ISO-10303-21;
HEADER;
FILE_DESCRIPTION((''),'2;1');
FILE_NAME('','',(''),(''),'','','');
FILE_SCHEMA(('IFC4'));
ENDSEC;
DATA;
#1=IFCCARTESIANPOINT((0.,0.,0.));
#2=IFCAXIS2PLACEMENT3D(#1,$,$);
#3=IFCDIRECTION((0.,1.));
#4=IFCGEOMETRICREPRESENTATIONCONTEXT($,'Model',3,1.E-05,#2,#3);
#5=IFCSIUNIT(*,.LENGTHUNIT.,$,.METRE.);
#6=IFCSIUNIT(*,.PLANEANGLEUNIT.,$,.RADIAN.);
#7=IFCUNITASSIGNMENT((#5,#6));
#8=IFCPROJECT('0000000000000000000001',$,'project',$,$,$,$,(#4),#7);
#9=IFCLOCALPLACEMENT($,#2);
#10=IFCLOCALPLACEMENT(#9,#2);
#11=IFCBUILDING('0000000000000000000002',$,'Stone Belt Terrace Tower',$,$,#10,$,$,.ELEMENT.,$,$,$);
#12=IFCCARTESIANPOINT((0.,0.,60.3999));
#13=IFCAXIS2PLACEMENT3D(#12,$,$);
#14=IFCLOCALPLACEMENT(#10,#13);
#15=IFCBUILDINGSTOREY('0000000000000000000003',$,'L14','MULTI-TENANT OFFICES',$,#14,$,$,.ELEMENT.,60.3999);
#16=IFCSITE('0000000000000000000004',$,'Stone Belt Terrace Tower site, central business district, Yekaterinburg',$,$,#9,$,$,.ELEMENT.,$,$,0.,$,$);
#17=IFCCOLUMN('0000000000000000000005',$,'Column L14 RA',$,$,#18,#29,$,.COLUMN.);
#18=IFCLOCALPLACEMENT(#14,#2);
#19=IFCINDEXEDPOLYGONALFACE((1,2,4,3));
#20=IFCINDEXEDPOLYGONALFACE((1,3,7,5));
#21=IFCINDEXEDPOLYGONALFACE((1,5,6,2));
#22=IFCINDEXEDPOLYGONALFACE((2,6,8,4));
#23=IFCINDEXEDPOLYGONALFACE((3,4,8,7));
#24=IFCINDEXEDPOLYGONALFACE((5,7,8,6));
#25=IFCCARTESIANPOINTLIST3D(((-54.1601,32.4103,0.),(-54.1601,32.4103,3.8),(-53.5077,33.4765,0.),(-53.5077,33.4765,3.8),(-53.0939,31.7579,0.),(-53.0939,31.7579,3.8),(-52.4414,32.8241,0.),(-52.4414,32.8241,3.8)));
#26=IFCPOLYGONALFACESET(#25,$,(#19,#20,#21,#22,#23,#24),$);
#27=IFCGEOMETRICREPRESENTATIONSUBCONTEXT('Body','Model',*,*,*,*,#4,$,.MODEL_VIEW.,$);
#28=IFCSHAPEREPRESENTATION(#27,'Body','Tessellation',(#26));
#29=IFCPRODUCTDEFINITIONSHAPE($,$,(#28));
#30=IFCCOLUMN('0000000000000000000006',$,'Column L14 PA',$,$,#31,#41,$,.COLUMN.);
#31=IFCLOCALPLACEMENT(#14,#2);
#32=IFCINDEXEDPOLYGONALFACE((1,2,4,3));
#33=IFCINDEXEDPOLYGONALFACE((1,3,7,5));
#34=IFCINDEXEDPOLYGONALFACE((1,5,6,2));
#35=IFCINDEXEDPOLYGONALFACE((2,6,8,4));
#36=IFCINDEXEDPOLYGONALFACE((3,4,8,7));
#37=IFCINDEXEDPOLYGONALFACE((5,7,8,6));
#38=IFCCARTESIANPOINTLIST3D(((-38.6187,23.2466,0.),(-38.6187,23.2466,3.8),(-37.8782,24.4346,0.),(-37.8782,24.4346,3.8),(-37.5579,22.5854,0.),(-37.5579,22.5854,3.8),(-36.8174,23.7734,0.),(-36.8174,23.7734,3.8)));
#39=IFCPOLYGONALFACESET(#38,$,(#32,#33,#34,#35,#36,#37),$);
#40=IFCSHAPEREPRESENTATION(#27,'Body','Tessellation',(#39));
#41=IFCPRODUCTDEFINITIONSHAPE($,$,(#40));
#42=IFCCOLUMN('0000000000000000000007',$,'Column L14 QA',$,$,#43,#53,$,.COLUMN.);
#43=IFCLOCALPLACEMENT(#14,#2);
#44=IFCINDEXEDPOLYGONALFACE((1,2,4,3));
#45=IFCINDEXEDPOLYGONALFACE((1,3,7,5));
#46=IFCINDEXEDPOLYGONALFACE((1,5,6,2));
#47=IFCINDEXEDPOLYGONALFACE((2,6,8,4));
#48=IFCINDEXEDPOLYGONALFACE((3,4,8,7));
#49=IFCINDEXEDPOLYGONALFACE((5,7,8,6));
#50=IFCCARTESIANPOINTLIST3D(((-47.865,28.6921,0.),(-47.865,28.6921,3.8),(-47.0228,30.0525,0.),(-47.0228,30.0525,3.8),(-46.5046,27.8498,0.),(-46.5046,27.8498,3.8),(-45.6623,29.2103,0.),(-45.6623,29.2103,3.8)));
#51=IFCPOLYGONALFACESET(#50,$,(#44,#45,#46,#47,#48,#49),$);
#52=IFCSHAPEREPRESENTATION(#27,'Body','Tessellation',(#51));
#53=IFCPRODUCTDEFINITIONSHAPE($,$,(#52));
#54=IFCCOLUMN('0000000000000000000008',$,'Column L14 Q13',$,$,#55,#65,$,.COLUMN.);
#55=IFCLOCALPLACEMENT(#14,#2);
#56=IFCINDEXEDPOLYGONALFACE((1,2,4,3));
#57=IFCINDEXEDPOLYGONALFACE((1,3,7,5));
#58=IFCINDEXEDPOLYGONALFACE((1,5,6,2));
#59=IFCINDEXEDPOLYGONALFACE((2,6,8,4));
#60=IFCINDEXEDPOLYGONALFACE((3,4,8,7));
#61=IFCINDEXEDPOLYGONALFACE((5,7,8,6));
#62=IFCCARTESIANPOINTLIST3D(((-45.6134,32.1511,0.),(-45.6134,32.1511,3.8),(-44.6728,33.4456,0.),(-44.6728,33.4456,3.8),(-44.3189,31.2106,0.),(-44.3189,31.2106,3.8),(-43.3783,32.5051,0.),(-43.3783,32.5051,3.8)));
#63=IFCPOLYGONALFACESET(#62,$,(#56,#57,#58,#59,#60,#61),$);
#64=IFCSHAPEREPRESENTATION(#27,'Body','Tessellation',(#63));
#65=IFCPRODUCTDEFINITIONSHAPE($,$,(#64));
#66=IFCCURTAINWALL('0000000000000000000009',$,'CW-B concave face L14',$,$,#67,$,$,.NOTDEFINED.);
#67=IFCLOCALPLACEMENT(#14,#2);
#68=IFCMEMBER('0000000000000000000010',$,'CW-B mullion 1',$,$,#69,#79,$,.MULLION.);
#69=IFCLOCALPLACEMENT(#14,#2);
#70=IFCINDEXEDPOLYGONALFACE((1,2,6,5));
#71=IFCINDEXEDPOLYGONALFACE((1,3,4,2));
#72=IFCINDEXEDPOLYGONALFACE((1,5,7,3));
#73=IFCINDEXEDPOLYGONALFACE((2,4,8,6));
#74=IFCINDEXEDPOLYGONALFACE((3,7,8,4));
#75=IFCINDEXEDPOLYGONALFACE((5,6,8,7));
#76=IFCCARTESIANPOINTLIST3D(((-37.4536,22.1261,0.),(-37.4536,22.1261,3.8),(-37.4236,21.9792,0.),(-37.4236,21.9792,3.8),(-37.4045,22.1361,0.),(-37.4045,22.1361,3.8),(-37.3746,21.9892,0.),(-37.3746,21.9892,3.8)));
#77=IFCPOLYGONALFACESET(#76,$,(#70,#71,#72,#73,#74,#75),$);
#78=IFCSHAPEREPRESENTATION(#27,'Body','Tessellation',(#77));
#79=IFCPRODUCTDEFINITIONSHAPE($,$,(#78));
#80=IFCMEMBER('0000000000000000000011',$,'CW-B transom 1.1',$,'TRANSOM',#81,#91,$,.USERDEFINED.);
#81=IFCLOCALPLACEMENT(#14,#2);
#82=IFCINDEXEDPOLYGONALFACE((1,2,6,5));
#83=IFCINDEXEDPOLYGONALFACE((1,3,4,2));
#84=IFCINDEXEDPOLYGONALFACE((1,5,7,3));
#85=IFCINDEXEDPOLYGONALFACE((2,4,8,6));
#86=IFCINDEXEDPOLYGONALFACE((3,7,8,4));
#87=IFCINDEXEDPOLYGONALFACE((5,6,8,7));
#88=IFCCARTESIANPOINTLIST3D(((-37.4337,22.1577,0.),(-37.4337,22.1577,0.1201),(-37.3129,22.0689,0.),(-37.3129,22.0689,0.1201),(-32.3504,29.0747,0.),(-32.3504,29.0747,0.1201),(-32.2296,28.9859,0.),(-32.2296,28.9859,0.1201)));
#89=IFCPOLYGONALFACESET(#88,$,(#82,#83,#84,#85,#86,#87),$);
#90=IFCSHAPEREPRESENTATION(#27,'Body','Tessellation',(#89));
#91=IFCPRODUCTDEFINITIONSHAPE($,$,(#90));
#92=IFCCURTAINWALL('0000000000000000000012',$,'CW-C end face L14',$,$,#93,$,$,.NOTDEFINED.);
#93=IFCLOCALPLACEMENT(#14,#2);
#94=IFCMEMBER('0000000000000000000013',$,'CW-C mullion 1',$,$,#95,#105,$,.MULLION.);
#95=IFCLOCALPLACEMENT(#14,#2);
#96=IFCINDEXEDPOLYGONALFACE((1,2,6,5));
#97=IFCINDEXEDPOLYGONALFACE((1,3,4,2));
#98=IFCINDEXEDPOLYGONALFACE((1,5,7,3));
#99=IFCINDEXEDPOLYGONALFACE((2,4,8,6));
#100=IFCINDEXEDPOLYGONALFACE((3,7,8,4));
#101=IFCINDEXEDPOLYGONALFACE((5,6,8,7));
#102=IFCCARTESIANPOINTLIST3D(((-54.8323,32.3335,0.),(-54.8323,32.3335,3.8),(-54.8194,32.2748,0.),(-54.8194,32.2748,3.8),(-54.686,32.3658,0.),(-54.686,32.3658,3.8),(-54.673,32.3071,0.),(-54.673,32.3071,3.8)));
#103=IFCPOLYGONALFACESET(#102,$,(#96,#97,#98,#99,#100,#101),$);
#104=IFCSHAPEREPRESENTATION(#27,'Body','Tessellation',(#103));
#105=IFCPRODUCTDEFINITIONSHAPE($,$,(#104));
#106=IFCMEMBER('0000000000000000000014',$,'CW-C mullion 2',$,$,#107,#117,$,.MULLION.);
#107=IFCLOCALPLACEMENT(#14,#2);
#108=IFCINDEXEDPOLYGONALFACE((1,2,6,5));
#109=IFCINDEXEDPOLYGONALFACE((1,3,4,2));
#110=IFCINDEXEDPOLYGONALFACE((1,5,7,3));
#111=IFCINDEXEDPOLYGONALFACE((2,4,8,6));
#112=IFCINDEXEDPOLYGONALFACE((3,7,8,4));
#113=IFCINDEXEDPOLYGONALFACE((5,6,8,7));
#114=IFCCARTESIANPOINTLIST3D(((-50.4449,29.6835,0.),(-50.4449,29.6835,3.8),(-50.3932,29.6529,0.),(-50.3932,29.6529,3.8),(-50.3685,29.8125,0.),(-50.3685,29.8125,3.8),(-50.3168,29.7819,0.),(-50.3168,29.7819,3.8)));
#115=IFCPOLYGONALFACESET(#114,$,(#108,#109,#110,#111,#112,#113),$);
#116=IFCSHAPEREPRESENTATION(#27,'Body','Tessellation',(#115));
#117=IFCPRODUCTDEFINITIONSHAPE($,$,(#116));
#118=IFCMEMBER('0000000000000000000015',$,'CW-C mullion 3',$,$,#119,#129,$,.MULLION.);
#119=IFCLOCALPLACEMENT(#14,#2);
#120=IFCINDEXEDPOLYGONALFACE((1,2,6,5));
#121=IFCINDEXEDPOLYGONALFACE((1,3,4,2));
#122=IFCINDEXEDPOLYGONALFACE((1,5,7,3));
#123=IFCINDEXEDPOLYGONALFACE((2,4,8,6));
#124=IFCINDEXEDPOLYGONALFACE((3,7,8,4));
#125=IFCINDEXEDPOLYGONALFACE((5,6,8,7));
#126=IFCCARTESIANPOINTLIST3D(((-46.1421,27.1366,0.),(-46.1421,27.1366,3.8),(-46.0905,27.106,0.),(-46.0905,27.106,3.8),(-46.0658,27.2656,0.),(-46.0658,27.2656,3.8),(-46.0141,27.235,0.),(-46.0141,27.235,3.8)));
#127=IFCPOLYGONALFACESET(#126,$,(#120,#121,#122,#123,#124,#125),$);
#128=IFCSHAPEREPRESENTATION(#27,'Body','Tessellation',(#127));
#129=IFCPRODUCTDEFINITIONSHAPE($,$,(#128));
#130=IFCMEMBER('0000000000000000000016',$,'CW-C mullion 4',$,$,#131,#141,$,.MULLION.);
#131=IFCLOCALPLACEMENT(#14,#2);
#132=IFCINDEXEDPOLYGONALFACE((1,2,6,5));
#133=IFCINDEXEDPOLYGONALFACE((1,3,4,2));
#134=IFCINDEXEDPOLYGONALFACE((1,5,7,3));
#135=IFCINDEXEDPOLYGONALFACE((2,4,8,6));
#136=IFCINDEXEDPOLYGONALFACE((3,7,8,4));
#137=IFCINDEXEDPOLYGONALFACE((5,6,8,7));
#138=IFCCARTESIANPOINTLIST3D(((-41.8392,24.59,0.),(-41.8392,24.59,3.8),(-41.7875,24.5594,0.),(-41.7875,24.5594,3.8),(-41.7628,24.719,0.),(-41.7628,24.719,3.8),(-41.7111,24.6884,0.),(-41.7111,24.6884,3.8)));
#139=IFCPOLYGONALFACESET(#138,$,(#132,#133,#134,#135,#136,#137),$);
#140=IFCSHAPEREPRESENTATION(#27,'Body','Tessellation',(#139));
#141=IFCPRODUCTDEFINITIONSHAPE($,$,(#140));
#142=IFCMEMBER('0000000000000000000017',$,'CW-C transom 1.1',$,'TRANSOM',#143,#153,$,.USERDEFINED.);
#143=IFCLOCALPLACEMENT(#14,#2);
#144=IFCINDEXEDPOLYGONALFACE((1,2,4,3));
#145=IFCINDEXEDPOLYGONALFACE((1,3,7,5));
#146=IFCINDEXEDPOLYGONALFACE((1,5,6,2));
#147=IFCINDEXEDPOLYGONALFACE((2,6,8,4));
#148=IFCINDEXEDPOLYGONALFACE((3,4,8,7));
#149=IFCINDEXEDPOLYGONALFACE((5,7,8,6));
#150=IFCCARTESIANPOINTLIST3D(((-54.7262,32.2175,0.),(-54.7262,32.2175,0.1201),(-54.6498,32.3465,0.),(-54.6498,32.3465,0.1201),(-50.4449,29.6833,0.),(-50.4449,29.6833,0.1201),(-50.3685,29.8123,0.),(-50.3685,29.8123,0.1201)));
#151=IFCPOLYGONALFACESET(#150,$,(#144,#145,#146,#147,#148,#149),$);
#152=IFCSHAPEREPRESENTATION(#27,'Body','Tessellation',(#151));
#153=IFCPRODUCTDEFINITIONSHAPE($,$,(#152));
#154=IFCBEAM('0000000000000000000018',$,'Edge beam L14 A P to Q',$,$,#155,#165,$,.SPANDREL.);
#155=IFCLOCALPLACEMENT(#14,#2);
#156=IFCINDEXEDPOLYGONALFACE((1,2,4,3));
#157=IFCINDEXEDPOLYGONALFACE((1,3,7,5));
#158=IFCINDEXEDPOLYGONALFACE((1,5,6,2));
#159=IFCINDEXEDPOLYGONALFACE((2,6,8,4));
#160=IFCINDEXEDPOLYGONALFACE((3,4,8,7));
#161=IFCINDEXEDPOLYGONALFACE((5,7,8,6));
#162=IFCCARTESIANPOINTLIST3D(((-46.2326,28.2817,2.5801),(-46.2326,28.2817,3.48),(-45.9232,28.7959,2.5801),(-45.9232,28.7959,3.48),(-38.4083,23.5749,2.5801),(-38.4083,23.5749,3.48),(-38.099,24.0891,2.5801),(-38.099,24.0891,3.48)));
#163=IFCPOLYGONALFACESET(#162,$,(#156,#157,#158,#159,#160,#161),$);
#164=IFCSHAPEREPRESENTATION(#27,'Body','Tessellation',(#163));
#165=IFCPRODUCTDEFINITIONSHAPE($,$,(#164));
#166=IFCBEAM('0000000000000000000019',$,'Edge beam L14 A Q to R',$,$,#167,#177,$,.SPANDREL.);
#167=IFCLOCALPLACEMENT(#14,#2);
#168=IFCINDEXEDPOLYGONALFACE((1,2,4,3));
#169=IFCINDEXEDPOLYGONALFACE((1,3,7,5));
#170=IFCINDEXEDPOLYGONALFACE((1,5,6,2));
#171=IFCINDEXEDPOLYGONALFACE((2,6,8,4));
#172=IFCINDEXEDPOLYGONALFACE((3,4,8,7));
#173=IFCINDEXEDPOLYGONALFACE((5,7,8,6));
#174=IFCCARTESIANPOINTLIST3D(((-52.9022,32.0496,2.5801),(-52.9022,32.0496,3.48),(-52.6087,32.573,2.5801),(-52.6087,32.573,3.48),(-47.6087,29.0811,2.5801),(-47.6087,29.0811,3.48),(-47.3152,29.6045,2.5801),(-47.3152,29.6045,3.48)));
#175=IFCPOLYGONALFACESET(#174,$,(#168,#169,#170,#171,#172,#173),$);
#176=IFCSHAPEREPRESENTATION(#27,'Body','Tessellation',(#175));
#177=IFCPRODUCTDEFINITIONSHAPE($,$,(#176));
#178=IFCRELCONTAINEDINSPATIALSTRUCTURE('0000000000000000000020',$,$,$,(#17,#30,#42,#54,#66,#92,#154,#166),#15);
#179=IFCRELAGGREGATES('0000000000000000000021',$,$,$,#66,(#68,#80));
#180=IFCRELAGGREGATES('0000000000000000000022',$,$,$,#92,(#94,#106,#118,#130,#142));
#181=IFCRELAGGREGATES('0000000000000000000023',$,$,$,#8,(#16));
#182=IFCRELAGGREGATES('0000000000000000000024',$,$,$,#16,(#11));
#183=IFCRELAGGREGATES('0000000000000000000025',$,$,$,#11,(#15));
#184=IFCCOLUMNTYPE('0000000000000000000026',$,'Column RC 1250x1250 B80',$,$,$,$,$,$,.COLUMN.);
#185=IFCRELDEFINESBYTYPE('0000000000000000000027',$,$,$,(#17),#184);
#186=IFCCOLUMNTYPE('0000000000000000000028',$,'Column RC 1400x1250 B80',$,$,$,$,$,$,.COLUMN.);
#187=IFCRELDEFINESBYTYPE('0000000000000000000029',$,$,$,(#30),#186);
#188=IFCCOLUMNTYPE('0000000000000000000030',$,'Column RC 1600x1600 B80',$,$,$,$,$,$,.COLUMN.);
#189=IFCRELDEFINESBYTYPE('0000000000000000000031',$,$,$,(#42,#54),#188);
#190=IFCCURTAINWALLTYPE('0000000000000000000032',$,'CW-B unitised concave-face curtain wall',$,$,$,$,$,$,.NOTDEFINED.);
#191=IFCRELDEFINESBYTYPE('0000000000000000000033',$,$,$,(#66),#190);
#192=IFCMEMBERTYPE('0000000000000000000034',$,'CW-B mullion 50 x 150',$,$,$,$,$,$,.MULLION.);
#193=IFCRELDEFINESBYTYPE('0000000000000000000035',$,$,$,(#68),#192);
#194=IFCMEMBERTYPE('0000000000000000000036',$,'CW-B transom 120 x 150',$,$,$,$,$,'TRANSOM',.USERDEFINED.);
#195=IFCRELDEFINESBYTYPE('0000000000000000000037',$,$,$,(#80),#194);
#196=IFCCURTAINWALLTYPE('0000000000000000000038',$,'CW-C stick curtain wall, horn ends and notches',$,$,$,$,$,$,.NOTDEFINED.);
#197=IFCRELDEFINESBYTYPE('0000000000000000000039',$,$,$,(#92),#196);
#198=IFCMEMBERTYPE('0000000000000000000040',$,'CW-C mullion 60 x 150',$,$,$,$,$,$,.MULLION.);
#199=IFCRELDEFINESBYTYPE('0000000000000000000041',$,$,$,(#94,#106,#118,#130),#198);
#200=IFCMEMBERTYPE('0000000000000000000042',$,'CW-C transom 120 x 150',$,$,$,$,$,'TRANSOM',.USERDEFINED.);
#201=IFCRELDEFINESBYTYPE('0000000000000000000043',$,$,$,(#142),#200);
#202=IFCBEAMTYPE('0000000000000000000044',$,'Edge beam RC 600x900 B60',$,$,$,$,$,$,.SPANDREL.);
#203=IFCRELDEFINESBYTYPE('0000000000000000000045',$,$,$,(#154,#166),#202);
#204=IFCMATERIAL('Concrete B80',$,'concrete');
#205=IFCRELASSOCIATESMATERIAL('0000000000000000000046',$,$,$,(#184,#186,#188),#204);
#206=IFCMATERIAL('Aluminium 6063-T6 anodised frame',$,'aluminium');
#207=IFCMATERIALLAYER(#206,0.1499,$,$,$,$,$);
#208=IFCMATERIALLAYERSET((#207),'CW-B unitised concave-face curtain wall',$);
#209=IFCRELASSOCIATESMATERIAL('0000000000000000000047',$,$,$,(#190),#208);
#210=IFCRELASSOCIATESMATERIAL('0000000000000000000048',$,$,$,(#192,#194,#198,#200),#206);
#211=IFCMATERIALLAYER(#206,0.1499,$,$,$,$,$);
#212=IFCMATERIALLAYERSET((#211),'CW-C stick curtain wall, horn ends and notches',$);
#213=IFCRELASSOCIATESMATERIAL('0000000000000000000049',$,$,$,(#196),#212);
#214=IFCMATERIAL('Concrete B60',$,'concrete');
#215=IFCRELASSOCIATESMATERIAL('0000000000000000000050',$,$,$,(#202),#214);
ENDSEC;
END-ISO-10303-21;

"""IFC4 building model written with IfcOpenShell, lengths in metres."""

from ifc_helpers import new_model, si_unit, direction, frame, origin, origin_2d, place, context, subcontext, project, spatial, rectangle, extrude, material, layer, layer_set, material_profile, profile_set, type_object, element, aggregate, save


model = new_model("IFC4")

# Units and contexts
model_context = context("Model", 3, precision=1e-05, world=origin(), true_north=direction((0.0, 1.0)))
body_context = subcontext(model_context, "Body", "Model", "MODEL_VIEW")
ifc_project = project(units=[si_unit("LENGTHUNIT", "METRE"), si_unit("PLANEANGLEUNIT", "RADIAN")], contexts=[model_context])

# Site, building, storey
site_placement = place(None, origin())
site = spatial("IfcSite", under=ifc_project, at=site_placement, Name="Stone Belt Terrace Tower site, central business district, Yekaterinburg", CompositionType="ELEMENT", RefElevation=0.0)
building_placement = place(site_placement, origin())
building = spatial("IfcBuilding", under=site, at=building_placement, Name="Stone Belt Terrace Tower", CompositionType="ELEMENT")
storey_placement = place(building_placement, frame((0.0, 0.0, 60.3999)))
storey = spatial("IfcBuildingStorey", under=building, at=storey_placement, Name="L14", Description="MULTI-TENANT OFFICES", CompositionType="ELEMENT", Elevation=60.3999)

# Columns
ifc_material_1 = material(Name="Concrete B80", Category="concrete")
ifc_material_profile_1 = material_profile(ifc_material_1, rectangle(XDim=1.25, YDim=1.25, at=origin_2d()), Name="RC 1250x1250")
ifc_profile_set_1 = profile_set([ifc_material_profile_1], Name="Concrete B80")
column_type_1 = type_object("IfcColumnType", Name="Column RC 1250x1250 B80", PredefinedType="COLUMN", material=ifc_profile_set_1)
column_1_placement = place(storey_placement, frame((-53.3008, 32.6172, 0.0), z_axis=(0.0, 0.0, 1.0), x_axis=(0.521967, 0.852966, 0.0)))
element("IfcColumn", 1, at=column_1_placement, inside=storey, type_object=column_type_1, Name="Column L14 RA", PredefinedType="COLUMN", context=body_context, shape_type="SweptSolid", body=[
    extrude(rectangle(XDim=1.25, YDim=1.25, at=origin_2d()), origin(), (0.0, 0.0, 1.0), 3.8),
])
ifc_material_profile_2 = material_profile(ifc_material_1, rectangle(XDim=1.3999, YDim=1.25, at=origin_2d()), Name="RC 1400x1250")
ifc_profile_set_2 = profile_set([ifc_material_profile_2], Name="Concrete B80")
column_type_2 = type_object("IfcColumnType", Name="Column RC 1400x1250 B80", PredefinedType="COLUMN", material=ifc_profile_set_2)
column_2_placement = place(storey_placement, frame((-37.718, 23.51, 0.0), z_axis=(0.0, 0.0, 1.0), x_axis=(0.528967, 0.848642, 0.0)))
element("IfcColumn", 2, at=column_2_placement, inside=storey, type_object=column_type_2, Name="Column L14 PA", PredefinedType="COLUMN", context=body_context, shape_type="SweptSolid", body=[
    extrude(rectangle(XDim=1.3999, YDim=1.25, at=origin_2d()), origin(), (0.0, 0.0, 1.0), 3.8),
])
ifc_material_profile_3 = material_profile(ifc_material_1, rectangle(XDim=1.6001, YDim=1.6001, at=origin_2d()), Name="RC 1600x1600")
ifc_profile_set_3 = profile_set([ifc_material_profile_3], Name="Concrete B80")
column_type_3 = type_object("IfcColumnType", Name="Column RC 1600x1600 B80", PredefinedType="COLUMN", material=ifc_profile_set_3)
for number, where, z_axis, x_axis, name in (
    (3, (-46.7637, 28.9512, 0.0), (0.0, 0.0, 1.0), (0.526383, 0.850248, 0.0), "Column L14 QA"),
    (4, (-44.4958, 32.3281, 0.0), (0.0, 0.0, 1.0), (0.587785, 0.809017, 0.0), "Column L14 Q13"),
):
    element("IfcColumn", number, at=place(storey_placement, frame(where, z_axis=z_axis, x_axis=x_axis)), inside=storey, type_object=column_type_3, Name=name, PredefinedType="COLUMN", context=body_context, shape_type="SweptSolid", body=[
        extrude(rectangle(XDim=1.6001, YDim=1.6001, at=origin_2d()), origin(), (0.0, 0.0, 1.0), 3.8),
    ])

# Curtain walls, members
ifc_material_2 = material(Name="Aluminium 6063-T6 anodised frame", Category="aluminium")
ifc_layer_1 = layer(ifc_material_2, 0.1499)
ifc_layer_set_1 = layer_set([ifc_layer_1], Name="CW-B unitised concave-face curtain wall")
curtain_wall_type_1 = type_object("IfcCurtainWallType", Name="CW-B unitised concave-face curtain wall", PredefinedType="NOTDEFINED", material=ifc_layer_set_1)
curtain_wall_1_placement = place(storey_placement, origin())
curtain_wall_1 = element("IfcCurtainWall", 5, at=curtain_wall_1_placement, inside=storey, type_object=curtain_wall_type_1, Name="CW-B concave face L14", PredefinedType="NOTDEFINED")
ifc_material_profile_4 = material_profile(ifc_material_2, rectangle(XDim=0.1499, YDim=0.05, at=origin_2d()), Name="Aluminium 6063-T6 50x150")
ifc_profile_set_4 = profile_set([ifc_material_profile_4], Name="Aluminium 6063-T6 anodised frame")
member_type_1 = type_object("IfcMemberType", Name="CW-B mullion 50 x 150", PredefinedType="MULLION", material=ifc_profile_set_4)
member_1_placement = place(storey_placement, frame((-37.4141, 22.0576, 0.0), z_axis=(0.0, 0.0, 1.0), x_axis=(-0.199957, 0.979805, 0.0)))
member_1 = element("IfcMember", 6, at=member_1_placement, type_object=member_type_1, Name="CW-B mullion 1", PredefinedType="MULLION", context=body_context, shape_type="SweptSolid", body=[
    extrude(rectangle(XDim=0.1499, YDim=0.05, at=origin_2d()), origin(), (0.0, 0.0, 1.0), 3.8),
])
ifc_material_profile_5 = material_profile(ifc_material_2, rectangle(XDim=0.1499, YDim=0.1201, at=origin_2d()), Name="Aluminium 6063-T6 150x120")
ifc_profile_set_5 = profile_set([ifc_material_profile_5], Name="Aluminium 6063-T6 anodised frame")
member_type_2 = type_object("IfcMemberType", Name="CW-B transom 120 x 150", ElementType="TRANSOM", PredefinedType="USERDEFINED", material=ifc_profile_set_5)
member_2_placement = place(storey_placement, frame((-37.3733, 22.1133, 0.0601), z_axis=(0.592181, 0.805805, 0.0), x_axis=(-0.805805, 0.592181, 0.0)))
member_2 = element("IfcMember", 7, at=member_2_placement, type_object=member_type_2, Name="CW-B transom 1.1", ObjectType="TRANSOM", PredefinedType="USERDEFINED", context=body_context, shape_type="SweptSolid", body=[
    extrude(rectangle(XDim=0.1499, YDim=0.1201, at=origin_2d()), origin(), (0.0, 0.0, 1.0), 8.584),
])
aggregate(curtain_wall_1, [member_1, member_2])
ifc_layer_2 = layer(ifc_material_2, 0.1499)
ifc_layer_set_2 = layer_set([ifc_layer_2], Name="CW-C stick curtain wall, horn ends and notches")
curtain_wall_type_2 = type_object("IfcCurtainWallType", Name="CW-C stick curtain wall, horn ends and notches", PredefinedType="NOTDEFINED", material=ifc_layer_set_2)
curtain_wall_2_placement = place(storey_placement, origin())
curtain_wall_2 = element("IfcCurtainWall", 8, at=curtain_wall_2_placement, inside=storey, type_object=curtain_wall_type_2, Name="CW-C end face L14", PredefinedType="NOTDEFINED")
ifc_material_profile_6 = material_profile(ifc_material_2, rectangle(XDim=0.1499, YDim=0.0601, at=origin_2d()), Name="Aluminium 6063-T6 60x150")
ifc_profile_set_6 = profile_set([ifc_material_profile_6], Name="Aluminium 6063-T6 anodised frame")
member_type_3 = type_object("IfcMemberType", Name="CW-C mullion 60 x 150", PredefinedType="MULLION", material=ifc_profile_set_6)
member_3_placement = place(storey_placement, frame((-54.7527, 32.3203, 0.0), z_axis=(0.0, 0.0, 1.0), x_axis=(0.97652, 0.215429, 0.0)))
member_3 = element("IfcMember", 9, at=member_3_placement, type_object=member_type_3, Name="CW-C mullion 1", PredefinedType="MULLION", context=body_context, shape_type="SweptSolid", body=[
    extrude(rectangle(XDim=0.1499, YDim=0.0601, at=origin_2d()), origin(), (0.0, 0.0, 1.0), 3.8),
])
member_4_placement = place(storey_placement, frame((-50.3809, 29.7327, 0.0), z_axis=(0.0, 0.0, 1.0), x_axis=(0.509353, 0.860558, 0.0)))
member_4 = element("IfcMember", 10, at=member_4_placement, type_object=member_type_3, Name="CW-C mullion 2", PredefinedType="MULLION", context=body_context, shape_type="SweptSolid", body=[
    extrude(rectangle(XDim=0.1499, YDim=0.0601, at=origin_2d()), origin(), (0.0, 0.0, 1.0), 3.8),
])
member_5_placement = place(storey_placement, frame((-46.0781, 27.1858, 0.0), z_axis=(0.0, 0.0, 1.0), x_axis=(0.509353, 0.860558, 0.0)))
member_5 = element("IfcMember", 11, at=member_5_placement, type_object=member_type_3, Name="CW-C mullion 3", PredefinedType="MULLION", context=body_context, shape_type="SweptSolid", body=[
    extrude(rectangle(XDim=0.1499, YDim=0.0601, at=origin_2d()), origin(), (0.0, 0.0, 1.0), 3.8),
])
member_6_placement = place(storey_placement, frame((-41.7751, 24.6392, 0.0), z_axis=(0.0, 0.0, 1.0), x_axis=(0.509353, 0.860558, 0.0)))
member_6 = element("IfcMember", 12, at=member_6_placement, type_object=member_type_3, Name="CW-C mullion 4", PredefinedType="MULLION", context=body_context, shape_type="SweptSolid", body=[
    extrude(rectangle(XDim=0.1499, YDim=0.0601, at=origin_2d()), origin(), (0.0, 0.0, 1.0), 3.8),
])
ifc_material_profile_7 = material_profile(ifc_material_2, rectangle(XDim=0.1499, YDim=0.1201, at=origin_2d()), Name="Aluminium 6063-T6 150x120")
ifc_profile_set_7 = profile_set([ifc_material_profile_7], Name="Aluminium 6063-T6 anodised frame")
member_type_4 = type_object("IfcMemberType", Name="CW-C transom 120 x 150", ElementType="TRANSOM", PredefinedType="USERDEFINED", material=ifc_profile_set_7)
member_7_placement = place(storey_placement, frame((-54.688, 32.282, 0.0601), z_axis=(0.860543, -0.509377, 0.0), x_axis=(0.509377, 0.860543, 0.0)))
member_7 = element("IfcMember", 13, at=member_7_placement, type_object=member_type_4, Name="CW-C transom 1.1", ObjectType="TRANSOM", PredefinedType="USERDEFINED", context=body_context, shape_type="SweptSolid", body=[
    extrude(rectangle(XDim=0.1499, YDim=0.1201, at=origin_2d()), origin(), (0.0, 0.0, 1.0), 4.9751),
])

# Beams
ifc_material_3 = material(Name="Concrete B60", Category="concrete")
ifc_material_profile_8 = material_profile(ifc_material_3, rectangle(XDim=0.6001, YDim=0.8999, at=origin_2d()), Name="RC 600x900")
ifc_profile_set_8 = profile_set([ifc_material_profile_8], Name="Concrete B60")
beam_type = type_object("IfcBeamType", Name="Edge beam RC 600x900 B60", PredefinedType="SPANDREL", material=ifc_profile_set_8)
beam_1_placement = place(storey_placement, frame((-38.2537, 23.832, 3.03), z_axis=(-0.8569, 0.515482, 0.0), x_axis=(-0.515482, -0.8569, 0.0)))
element("IfcBeam", 14, at=beam_1_placement, inside=storey, type_object=beam_type, Name="Edge beam L14 A P to Q", PredefinedType="SPANDREL", context=body_context, shape_type="SweptSolid", body=[
    extrude(rectangle(XDim=0.6001, YDim=0.8999, at=origin_2d()), origin(), (0.0, 0.0, 1.0), 9.1309),
])
beam_2_placement = place(storey_placement, frame((-47.4619, 29.3428, 3.03), z_axis=(-0.872213, 0.489126, 0.0), x_axis=(-0.489126, -0.872213, 0.0)))
element("IfcBeam", 15, at=beam_2_placement, inside=storey, type_object=beam_type, Name="Edge beam L14 A Q to R", PredefinedType="SPANDREL", context=body_context, shape_type="SweptSolid", body=[
    extrude(rectangle(XDim=0.6001, YDim=0.8999, at=origin_2d()), origin(), (0.0, 0.0, 1.0), 6.0691),
])

aggregate(curtain_wall_2, [member_3, member_4, member_5, member_6, member_7])

save(model, "model.ifc")
